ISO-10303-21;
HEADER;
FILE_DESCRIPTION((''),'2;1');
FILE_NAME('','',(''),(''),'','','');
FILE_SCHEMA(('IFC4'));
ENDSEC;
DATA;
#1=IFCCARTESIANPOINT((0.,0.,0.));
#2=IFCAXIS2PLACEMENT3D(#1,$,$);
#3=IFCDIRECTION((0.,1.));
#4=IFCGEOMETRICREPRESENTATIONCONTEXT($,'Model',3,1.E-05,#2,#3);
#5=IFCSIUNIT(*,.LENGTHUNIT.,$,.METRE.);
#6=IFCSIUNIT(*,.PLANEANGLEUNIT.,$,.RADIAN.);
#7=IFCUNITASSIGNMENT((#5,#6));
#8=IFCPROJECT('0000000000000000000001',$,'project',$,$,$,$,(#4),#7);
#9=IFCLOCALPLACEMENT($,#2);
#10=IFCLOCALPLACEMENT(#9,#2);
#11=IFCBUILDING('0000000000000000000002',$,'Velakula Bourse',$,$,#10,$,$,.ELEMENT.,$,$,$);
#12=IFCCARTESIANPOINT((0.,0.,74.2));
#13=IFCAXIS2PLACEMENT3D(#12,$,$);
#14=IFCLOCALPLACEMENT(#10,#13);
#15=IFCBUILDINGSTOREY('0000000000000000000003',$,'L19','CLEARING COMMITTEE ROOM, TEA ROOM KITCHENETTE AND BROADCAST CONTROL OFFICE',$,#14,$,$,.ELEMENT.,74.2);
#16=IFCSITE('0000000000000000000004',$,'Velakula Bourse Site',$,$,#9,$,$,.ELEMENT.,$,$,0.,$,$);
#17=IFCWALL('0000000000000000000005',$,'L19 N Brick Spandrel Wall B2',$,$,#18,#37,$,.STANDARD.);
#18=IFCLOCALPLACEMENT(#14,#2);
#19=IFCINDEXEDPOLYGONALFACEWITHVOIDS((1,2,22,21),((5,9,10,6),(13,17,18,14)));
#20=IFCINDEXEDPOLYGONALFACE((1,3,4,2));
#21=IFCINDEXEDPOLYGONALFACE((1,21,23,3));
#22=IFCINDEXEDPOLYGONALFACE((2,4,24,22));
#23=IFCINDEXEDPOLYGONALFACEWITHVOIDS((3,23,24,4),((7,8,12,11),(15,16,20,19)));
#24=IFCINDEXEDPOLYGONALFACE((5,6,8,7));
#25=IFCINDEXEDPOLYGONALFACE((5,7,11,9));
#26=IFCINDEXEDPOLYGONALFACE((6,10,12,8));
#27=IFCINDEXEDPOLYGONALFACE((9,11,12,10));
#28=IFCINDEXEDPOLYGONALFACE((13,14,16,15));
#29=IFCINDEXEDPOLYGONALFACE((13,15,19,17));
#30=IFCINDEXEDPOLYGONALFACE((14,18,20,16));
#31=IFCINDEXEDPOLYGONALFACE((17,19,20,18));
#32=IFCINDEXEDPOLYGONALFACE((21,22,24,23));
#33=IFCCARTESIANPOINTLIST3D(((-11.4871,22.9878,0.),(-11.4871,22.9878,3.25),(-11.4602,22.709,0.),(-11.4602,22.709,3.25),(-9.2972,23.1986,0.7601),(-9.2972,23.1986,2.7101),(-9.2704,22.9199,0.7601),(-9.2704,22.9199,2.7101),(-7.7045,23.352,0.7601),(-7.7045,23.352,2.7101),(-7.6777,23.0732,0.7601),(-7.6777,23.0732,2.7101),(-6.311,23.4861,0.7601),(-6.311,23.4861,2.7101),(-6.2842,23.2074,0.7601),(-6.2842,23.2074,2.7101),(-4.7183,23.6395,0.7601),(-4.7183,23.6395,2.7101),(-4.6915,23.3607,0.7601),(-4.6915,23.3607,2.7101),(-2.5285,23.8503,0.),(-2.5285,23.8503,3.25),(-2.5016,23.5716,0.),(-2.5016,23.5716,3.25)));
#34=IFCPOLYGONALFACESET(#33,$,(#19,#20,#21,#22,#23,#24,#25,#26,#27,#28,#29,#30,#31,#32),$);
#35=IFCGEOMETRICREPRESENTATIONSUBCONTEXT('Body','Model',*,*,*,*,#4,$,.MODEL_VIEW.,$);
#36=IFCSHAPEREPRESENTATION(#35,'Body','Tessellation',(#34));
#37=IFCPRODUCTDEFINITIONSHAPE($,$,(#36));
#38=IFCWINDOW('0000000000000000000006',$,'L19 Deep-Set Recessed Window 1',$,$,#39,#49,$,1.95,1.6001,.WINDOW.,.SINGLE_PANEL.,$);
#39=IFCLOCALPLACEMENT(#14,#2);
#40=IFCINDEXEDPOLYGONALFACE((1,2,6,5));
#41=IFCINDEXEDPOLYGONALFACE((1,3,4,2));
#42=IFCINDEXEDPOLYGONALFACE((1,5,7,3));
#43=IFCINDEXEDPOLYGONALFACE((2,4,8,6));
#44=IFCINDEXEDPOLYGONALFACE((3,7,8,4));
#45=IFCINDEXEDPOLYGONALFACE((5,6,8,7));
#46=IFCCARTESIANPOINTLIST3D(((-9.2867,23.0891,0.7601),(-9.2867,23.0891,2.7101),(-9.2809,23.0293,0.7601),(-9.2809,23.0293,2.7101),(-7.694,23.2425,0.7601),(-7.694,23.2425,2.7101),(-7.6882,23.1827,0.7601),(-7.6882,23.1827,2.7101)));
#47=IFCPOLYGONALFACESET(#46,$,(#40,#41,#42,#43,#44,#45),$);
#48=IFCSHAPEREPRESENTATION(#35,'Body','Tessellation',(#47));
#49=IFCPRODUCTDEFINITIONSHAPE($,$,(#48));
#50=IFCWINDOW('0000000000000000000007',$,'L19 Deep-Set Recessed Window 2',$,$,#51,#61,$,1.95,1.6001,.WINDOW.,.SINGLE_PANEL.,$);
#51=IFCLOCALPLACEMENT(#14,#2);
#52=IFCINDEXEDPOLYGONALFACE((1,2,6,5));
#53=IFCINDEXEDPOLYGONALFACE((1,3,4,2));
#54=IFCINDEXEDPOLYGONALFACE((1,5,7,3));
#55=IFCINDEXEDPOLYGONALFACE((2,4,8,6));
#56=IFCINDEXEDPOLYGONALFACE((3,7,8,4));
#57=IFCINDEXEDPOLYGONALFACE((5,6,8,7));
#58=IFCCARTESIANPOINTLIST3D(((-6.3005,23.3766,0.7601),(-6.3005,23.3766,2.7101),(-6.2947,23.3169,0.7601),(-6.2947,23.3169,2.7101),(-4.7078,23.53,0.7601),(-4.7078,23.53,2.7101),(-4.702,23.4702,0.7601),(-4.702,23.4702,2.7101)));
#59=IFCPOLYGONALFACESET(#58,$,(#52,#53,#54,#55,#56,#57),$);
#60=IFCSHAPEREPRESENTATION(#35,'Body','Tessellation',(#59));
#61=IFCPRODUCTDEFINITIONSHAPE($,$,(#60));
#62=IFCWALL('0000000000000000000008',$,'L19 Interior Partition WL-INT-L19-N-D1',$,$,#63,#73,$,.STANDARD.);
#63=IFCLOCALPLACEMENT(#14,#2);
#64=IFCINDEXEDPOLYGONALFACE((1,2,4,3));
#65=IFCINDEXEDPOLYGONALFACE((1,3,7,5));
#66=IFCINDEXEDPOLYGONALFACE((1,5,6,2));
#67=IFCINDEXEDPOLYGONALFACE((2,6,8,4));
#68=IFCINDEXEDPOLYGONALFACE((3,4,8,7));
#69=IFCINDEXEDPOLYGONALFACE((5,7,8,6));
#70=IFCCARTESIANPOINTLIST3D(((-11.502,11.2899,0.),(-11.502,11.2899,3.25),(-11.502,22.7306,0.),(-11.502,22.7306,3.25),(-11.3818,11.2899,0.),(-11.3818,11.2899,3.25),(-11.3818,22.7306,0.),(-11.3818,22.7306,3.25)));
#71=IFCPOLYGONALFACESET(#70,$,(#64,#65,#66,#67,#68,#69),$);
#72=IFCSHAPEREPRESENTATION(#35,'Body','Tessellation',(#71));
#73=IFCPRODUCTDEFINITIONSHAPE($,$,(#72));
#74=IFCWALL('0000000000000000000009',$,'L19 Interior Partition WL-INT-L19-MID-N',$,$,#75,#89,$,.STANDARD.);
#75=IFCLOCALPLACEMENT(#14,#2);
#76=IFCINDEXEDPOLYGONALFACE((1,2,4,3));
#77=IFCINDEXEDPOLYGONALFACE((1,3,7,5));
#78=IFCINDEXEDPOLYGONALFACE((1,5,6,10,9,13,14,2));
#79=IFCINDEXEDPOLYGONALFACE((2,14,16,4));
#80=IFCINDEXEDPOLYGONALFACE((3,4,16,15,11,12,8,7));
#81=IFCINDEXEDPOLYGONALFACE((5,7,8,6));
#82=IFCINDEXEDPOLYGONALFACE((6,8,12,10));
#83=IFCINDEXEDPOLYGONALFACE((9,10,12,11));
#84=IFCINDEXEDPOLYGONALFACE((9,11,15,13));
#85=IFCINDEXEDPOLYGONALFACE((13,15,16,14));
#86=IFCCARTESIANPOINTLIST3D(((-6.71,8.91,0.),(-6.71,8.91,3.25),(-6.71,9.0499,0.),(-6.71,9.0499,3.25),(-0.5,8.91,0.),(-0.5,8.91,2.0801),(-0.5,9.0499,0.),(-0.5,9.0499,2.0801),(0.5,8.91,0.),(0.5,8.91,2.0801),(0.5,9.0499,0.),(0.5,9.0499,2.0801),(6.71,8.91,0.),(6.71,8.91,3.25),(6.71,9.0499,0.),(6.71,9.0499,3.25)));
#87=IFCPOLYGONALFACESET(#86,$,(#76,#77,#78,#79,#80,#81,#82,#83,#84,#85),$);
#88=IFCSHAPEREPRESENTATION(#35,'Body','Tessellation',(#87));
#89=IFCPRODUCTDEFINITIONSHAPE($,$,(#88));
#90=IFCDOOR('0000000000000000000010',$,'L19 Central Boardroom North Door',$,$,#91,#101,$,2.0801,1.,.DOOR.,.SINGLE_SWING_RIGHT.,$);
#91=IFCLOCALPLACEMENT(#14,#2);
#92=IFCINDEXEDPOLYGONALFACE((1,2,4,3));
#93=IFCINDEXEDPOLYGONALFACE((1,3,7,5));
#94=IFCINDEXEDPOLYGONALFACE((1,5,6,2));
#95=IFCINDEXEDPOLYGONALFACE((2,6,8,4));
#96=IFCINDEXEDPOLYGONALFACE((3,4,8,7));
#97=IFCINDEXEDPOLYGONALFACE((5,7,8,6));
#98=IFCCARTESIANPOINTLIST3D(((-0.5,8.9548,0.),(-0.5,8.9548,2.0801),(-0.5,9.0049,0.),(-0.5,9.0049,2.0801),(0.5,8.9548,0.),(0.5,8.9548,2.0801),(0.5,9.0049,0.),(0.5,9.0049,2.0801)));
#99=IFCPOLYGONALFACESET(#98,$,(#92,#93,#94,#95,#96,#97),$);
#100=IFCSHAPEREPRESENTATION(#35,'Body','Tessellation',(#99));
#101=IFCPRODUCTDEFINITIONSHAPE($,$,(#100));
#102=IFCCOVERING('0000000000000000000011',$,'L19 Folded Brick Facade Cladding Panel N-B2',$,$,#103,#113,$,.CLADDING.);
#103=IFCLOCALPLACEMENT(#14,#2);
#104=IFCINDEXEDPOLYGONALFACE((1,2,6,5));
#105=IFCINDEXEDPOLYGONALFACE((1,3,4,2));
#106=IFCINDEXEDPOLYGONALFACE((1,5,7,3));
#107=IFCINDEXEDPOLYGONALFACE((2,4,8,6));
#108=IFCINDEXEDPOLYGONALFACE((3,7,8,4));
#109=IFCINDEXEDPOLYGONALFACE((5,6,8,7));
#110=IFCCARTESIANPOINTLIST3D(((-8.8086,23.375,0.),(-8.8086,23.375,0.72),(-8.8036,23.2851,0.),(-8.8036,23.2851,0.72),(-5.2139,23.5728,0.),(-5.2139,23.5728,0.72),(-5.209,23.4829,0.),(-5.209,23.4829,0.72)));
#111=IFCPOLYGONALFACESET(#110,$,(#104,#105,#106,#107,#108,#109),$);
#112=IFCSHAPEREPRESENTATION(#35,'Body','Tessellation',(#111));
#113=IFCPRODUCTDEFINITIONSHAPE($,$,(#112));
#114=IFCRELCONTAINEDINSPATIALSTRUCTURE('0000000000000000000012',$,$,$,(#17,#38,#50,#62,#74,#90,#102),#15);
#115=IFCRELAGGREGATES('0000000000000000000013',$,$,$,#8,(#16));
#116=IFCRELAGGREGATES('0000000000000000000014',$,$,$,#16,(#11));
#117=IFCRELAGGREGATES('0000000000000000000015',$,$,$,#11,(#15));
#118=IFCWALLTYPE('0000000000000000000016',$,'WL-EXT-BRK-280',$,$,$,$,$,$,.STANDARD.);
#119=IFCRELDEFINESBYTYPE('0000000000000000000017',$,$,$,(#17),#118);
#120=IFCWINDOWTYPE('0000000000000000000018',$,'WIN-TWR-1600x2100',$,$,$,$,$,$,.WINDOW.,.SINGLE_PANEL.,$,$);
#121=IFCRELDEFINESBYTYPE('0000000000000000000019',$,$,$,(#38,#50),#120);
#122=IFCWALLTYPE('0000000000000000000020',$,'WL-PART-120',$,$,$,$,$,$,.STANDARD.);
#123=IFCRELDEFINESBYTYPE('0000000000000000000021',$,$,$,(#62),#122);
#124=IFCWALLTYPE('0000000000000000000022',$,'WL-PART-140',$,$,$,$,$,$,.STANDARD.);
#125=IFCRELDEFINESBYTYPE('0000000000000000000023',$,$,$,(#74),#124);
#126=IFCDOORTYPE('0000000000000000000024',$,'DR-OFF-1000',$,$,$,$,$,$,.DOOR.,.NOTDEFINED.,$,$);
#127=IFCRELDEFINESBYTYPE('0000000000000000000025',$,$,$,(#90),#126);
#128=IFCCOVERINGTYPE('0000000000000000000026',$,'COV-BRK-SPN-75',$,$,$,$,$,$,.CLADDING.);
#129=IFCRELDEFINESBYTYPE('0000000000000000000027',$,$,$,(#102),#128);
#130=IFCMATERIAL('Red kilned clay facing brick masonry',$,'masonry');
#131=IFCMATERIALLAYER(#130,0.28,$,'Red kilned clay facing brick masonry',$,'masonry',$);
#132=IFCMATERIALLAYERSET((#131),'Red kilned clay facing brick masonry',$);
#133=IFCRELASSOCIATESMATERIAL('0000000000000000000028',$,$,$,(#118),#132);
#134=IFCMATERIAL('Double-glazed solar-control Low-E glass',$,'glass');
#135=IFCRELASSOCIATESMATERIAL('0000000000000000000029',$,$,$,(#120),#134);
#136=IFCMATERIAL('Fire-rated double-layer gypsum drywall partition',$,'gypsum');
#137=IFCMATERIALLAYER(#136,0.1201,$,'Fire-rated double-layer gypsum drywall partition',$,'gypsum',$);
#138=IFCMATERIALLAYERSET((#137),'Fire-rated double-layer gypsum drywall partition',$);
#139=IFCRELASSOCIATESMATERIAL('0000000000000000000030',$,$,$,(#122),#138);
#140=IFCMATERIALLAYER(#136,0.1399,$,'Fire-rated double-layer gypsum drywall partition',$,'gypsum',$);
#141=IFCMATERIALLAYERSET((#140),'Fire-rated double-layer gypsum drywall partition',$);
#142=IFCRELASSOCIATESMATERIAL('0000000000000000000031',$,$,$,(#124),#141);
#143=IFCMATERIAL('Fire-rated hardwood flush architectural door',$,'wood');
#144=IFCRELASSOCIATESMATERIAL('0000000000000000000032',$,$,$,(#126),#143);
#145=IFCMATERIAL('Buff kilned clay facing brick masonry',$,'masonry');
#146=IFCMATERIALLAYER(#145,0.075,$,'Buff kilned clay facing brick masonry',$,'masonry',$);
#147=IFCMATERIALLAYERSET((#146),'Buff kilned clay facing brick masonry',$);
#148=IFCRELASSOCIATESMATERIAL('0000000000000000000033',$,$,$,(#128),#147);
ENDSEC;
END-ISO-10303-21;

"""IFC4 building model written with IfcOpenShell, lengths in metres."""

from ifc_helpers import new_model, si_unit, direction, frame, frame_2d, origin, origin_2d, place, context, subcontext, project, spatial, rectangle, extrude, material, layer, layer_set, type_object, element, fill, save


model = new_model("IFC4")

# Units and contexts
model_context = context("Model", 3, precision=1e-05, world=origin(), true_north=direction((0.0, 1.0)))
body_context = subcontext(model_context, "Body", "Model", "MODEL_VIEW")
ifc_project = project(units=[si_unit("LENGTHUNIT", "METRE"), si_unit("PLANEANGLEUNIT", "RADIAN")], contexts=[model_context])

# Site, building, storey
site_placement = place(None, origin())
site = spatial("IfcSite", under=ifc_project, at=site_placement, Name="Velakula Bourse Site", CompositionType="ELEMENT", RefElevation=0.0)
building_placement = place(site_placement, origin())
building = spatial("IfcBuilding", under=site, at=building_placement, Name="Velakula Bourse", CompositionType="ELEMENT")
storey_placement = place(building_placement, frame((0.0, 0.0, 74.2)))
storey = spatial("IfcBuildingStorey", under=building, at=storey_placement, Name="L19", Description="CLEARING COMMITTEE ROOM, TEA ROOM KITCHENETTE AND BROADCAST CONTROL OFFICE", CompositionType="ELEMENT", Elevation=74.2)

# Wall, openings, windows
ifc_material_1 = material(Name="Red kilned clay facing brick masonry", Category="masonry")
ifc_layer_1 = layer(ifc_material_1, 0.28, Name="Red kilned clay facing brick masonry", Category="masonry")
ifc_layer_set_1 = layer_set([ifc_layer_1], Name="Red kilned clay facing brick masonry")
wall_type_1 = type_object("IfcWallType", Name="WL-EXT-BRK-280", PredefinedType="STANDARD", material=ifc_layer_set_1)
wall_1_placement = place(storey_placement, frame((-11.4736, 22.8484, 0.0), z_axis=(0.0, 0.0, 1.0), x_axis=(0.995397, 0.09584, 0.0)))
wall_1 = element("IfcWall", 1, at=wall_1_placement, inside=storey, type_object=wall_type_1, Name="L19 N Brick Spandrel Wall B2", PredefinedType="STANDARD", context=body_context, shape_type="SweptSolid", body=[
    extrude(rectangle(XDim=9.0, YDim=0.28, at=frame_2d((4.5, 0.0))), origin(), (0.0, 0.0, 1.0), 3.25),
])
opening_1_placement = place(wall_1_placement, frame((2.2, 0.0, 0.76)))
opening_1 = element("IfcOpeningElement", 2, at=opening_1_placement, cuts=wall_1, PredefinedType="OPENING", context=body_context, shape_type="SweptSolid", body=[
    extrude(rectangle(XDim=1.6001, YDim=1.95, at=frame_2d((0.8, 0.9751))), frame((0.0, 0.1499, 0.0), z_axis=(0.0, -1.0, 0.0), x_axis=(1.0, 0.0, 0.0)), (0.0, 0.0, 1.0), 0.3),
])
opening_2_placement = place(wall_1_placement, frame((5.2, 0.0, 0.76)))
opening_2 = element("IfcOpeningElement", 3, at=opening_2_placement, cuts=wall_1, PredefinedType="OPENING", context=body_context, shape_type="SweptSolid", body=[
    extrude(rectangle(XDim=1.6001, YDim=1.95, at=frame_2d((0.8, 0.9751))), frame((0.0, 0.1499, 0.0), z_axis=(0.0, -1.0, 0.0), x_axis=(1.0, 0.0, 0.0)), (0.0, 0.0, 1.0), 0.3),
])
ifc_material_2 = material(Name="Double-glazed solar-control Low-E glass", Category="glass")
window_type = type_object("IfcWindowType", Name="WIN-TWR-1600x2100", PartitioningType="SINGLE_PANEL", PredefinedType="WINDOW", material=ifc_material_2)
window_1_placement = place(opening_1_placement, origin())
window_1 = element("IfcWindow", 4, at=window_1_placement, inside=storey, type_object=window_type, Name="L19 Deep-Set Recessed Window 1", OverallHeight=1.95, OverallWidth=1.6001, PartitioningType="SINGLE_PANEL", PredefinedType="WINDOW", context=body_context, shape_type="SweptSolid", body=[
    extrude(rectangle(XDim=1.6001, YDim=1.95, at=frame_2d((0.8, 0.9751))), frame((0.0, 0.03, 0.0), z_axis=(0.0, -1.0, 0.0), x_axis=(1.0, 0.0, 0.0)), (0.0, 0.0, 1.0), 0.0601),
])
fill(opening_1, window_1)
window_2_placement = place(opening_2_placement, origin())
window_2 = element("IfcWindow", 5, at=window_2_placement, inside=storey, type_object=window_type, Name="L19 Deep-Set Recessed Window 2", OverallHeight=1.95, OverallWidth=1.6001, PartitioningType="SINGLE_PANEL", PredefinedType="WINDOW", context=body_context, shape_type="SweptSolid", body=[
    extrude(rectangle(XDim=1.6001, YDim=1.95, at=frame_2d((0.8, 0.9751))), frame((0.0, 0.03, 0.0), z_axis=(0.0, -1.0, 0.0), x_axis=(1.0, 0.0, 0.0)), (0.0, 0.0, 1.0), 0.0601),
])
fill(opening_2, window_2)

# Wall
ifc_material_3 = material(Name="Fire-rated double-layer gypsum drywall partition", Category="gypsum")
ifc_layer_2 = layer(ifc_material_3, 0.1201, Name="Fire-rated double-layer gypsum drywall partition", Category="gypsum")
ifc_layer_set_2 = layer_set([ifc_layer_2], Name="Fire-rated double-layer gypsum drywall partition")
wall_type_2 = type_object("IfcWallType", Name="WL-PART-120", PredefinedType="STANDARD", material=ifc_layer_set_2)
wall_2_placement = place(storey_placement, frame((-11.4419, 11.29, 0.0), z_axis=(0.0, 0.0, 1.0), x_axis=(0.0, 1.0, 0.0)))
element("IfcWall", 6, at=wall_2_placement, inside=storey, type_object=wall_type_2, Name="L19 Interior Partition WL-INT-L19-N-D1", PredefinedType="STANDARD", context=body_context, shape_type="SweptSolid", body=[
    extrude(rectangle(XDim=11.4407, YDim=0.1201, at=frame_2d((5.7202, 0.0))), origin(), (0.0, 0.0, 1.0), 3.25),
])

# Wall, opening, door
ifc_layer_3 = layer(ifc_material_3, 0.1399, Name="Fire-rated double-layer gypsum drywall partition", Category="gypsum")
ifc_layer_set_3 = layer_set([ifc_layer_3], Name="Fire-rated double-layer gypsum drywall partition")
wall_type_3 = type_object("IfcWallType", Name="WL-PART-140", PredefinedType="STANDARD", material=ifc_layer_set_3)
wall_3_placement = place(storey_placement, frame((-6.71, 8.98, 0.0), z_axis=(0.0, 0.0, 1.0), x_axis=(1.0, 0.0, 0.0)))
wall_3 = element("IfcWall", 7, at=wall_3_placement, inside=storey, type_object=wall_type_3, Name="L19 Interior Partition WL-INT-L19-MID-N", PredefinedType="STANDARD", context=body_context, shape_type="SweptSolid", body=[
    extrude(rectangle(XDim=13.4199, YDim=0.1399, at=frame_2d((6.71, 0.0))), origin(), (0.0, 0.0, 1.0), 3.25),
])
opening_3_placement = place(wall_3_placement, frame((6.21, 0.0, 0.0)))
opening_3 = element("IfcOpeningElement", 8, at=opening_3_placement, cuts=wall_3, PredefinedType="OPENING", context=body_context, shape_type="SweptSolid", body=[
    extrude(rectangle(XDim=1.0, YDim=2.0801, at=frame_2d((0.5, 1.04))), frame((0.0, 0.0798, 0.0), z_axis=(0.0, -1.0, 0.0), x_axis=(1.0, 0.0, 0.0)), (0.0, 0.0, 1.0), 0.1599),
])
ifc_material_4 = material(Name="Fire-rated hardwood flush architectural door", Category="wood")
door_type = type_object("IfcDoorType", Name="DR-OFF-1000", OperationType="NOTDEFINED", PredefinedType="DOOR", material=ifc_material_4)
door_placement = place(opening_3_placement, origin())
door = element("IfcDoor", 9, at=door_placement, inside=storey, type_object=door_type, Name="L19 Central Boardroom North Door", OperationType="SINGLE_SWING_RIGHT", OverallHeight=2.0801, OverallWidth=1.0, PredefinedType="DOOR", context=body_context, shape_type="SweptSolid", body=[
    extrude(rectangle(XDim=1.0, YDim=2.0801, at=frame_2d((0.5, 1.04))), frame((0.0, 0.0249, 0.0), z_axis=(0.0, -1.0, 0.0), x_axis=(1.0, 0.0, 0.0)), (0.0, 0.0, 1.0), 0.05),
])
fill(opening_3, door)

# Covering
ifc_material_5 = material(Name="Buff kilned clay facing brick masonry", Category="masonry")
ifc_layer_4 = layer(ifc_material_5, 0.075, Name="Buff kilned clay facing brick masonry", Category="masonry")
ifc_layer_set_4 = layer_set([ifc_layer_4], Name="Buff kilned clay facing brick masonry")
covering_type = type_object("IfcCoveringType", Name="COV-BRK-SPN-75", PredefinedType="CLADDING", material=ifc_layer_set_4)
covering_placement = place(storey_placement, frame((-7.0088, 23.429, 0.0), z_axis=(0.0, 0.0, 1.0), x_axis=(0.998489, 0.05495, 0.0)))
element("IfcCovering", 10, at=covering_placement, inside=storey, type_object=covering_type, Name="L19 Folded Brick Facade Cladding Panel N-B2", PredefinedType="CLADDING", context=body_context, shape_type="SweptSolid", body=[
    extrude(rectangle(XDim=3.6001, YDim=0.0901, at=origin_2d()), origin(), (0.0, 0.0, 1.0), 0.72),
])

save(model, "model.ifc")
